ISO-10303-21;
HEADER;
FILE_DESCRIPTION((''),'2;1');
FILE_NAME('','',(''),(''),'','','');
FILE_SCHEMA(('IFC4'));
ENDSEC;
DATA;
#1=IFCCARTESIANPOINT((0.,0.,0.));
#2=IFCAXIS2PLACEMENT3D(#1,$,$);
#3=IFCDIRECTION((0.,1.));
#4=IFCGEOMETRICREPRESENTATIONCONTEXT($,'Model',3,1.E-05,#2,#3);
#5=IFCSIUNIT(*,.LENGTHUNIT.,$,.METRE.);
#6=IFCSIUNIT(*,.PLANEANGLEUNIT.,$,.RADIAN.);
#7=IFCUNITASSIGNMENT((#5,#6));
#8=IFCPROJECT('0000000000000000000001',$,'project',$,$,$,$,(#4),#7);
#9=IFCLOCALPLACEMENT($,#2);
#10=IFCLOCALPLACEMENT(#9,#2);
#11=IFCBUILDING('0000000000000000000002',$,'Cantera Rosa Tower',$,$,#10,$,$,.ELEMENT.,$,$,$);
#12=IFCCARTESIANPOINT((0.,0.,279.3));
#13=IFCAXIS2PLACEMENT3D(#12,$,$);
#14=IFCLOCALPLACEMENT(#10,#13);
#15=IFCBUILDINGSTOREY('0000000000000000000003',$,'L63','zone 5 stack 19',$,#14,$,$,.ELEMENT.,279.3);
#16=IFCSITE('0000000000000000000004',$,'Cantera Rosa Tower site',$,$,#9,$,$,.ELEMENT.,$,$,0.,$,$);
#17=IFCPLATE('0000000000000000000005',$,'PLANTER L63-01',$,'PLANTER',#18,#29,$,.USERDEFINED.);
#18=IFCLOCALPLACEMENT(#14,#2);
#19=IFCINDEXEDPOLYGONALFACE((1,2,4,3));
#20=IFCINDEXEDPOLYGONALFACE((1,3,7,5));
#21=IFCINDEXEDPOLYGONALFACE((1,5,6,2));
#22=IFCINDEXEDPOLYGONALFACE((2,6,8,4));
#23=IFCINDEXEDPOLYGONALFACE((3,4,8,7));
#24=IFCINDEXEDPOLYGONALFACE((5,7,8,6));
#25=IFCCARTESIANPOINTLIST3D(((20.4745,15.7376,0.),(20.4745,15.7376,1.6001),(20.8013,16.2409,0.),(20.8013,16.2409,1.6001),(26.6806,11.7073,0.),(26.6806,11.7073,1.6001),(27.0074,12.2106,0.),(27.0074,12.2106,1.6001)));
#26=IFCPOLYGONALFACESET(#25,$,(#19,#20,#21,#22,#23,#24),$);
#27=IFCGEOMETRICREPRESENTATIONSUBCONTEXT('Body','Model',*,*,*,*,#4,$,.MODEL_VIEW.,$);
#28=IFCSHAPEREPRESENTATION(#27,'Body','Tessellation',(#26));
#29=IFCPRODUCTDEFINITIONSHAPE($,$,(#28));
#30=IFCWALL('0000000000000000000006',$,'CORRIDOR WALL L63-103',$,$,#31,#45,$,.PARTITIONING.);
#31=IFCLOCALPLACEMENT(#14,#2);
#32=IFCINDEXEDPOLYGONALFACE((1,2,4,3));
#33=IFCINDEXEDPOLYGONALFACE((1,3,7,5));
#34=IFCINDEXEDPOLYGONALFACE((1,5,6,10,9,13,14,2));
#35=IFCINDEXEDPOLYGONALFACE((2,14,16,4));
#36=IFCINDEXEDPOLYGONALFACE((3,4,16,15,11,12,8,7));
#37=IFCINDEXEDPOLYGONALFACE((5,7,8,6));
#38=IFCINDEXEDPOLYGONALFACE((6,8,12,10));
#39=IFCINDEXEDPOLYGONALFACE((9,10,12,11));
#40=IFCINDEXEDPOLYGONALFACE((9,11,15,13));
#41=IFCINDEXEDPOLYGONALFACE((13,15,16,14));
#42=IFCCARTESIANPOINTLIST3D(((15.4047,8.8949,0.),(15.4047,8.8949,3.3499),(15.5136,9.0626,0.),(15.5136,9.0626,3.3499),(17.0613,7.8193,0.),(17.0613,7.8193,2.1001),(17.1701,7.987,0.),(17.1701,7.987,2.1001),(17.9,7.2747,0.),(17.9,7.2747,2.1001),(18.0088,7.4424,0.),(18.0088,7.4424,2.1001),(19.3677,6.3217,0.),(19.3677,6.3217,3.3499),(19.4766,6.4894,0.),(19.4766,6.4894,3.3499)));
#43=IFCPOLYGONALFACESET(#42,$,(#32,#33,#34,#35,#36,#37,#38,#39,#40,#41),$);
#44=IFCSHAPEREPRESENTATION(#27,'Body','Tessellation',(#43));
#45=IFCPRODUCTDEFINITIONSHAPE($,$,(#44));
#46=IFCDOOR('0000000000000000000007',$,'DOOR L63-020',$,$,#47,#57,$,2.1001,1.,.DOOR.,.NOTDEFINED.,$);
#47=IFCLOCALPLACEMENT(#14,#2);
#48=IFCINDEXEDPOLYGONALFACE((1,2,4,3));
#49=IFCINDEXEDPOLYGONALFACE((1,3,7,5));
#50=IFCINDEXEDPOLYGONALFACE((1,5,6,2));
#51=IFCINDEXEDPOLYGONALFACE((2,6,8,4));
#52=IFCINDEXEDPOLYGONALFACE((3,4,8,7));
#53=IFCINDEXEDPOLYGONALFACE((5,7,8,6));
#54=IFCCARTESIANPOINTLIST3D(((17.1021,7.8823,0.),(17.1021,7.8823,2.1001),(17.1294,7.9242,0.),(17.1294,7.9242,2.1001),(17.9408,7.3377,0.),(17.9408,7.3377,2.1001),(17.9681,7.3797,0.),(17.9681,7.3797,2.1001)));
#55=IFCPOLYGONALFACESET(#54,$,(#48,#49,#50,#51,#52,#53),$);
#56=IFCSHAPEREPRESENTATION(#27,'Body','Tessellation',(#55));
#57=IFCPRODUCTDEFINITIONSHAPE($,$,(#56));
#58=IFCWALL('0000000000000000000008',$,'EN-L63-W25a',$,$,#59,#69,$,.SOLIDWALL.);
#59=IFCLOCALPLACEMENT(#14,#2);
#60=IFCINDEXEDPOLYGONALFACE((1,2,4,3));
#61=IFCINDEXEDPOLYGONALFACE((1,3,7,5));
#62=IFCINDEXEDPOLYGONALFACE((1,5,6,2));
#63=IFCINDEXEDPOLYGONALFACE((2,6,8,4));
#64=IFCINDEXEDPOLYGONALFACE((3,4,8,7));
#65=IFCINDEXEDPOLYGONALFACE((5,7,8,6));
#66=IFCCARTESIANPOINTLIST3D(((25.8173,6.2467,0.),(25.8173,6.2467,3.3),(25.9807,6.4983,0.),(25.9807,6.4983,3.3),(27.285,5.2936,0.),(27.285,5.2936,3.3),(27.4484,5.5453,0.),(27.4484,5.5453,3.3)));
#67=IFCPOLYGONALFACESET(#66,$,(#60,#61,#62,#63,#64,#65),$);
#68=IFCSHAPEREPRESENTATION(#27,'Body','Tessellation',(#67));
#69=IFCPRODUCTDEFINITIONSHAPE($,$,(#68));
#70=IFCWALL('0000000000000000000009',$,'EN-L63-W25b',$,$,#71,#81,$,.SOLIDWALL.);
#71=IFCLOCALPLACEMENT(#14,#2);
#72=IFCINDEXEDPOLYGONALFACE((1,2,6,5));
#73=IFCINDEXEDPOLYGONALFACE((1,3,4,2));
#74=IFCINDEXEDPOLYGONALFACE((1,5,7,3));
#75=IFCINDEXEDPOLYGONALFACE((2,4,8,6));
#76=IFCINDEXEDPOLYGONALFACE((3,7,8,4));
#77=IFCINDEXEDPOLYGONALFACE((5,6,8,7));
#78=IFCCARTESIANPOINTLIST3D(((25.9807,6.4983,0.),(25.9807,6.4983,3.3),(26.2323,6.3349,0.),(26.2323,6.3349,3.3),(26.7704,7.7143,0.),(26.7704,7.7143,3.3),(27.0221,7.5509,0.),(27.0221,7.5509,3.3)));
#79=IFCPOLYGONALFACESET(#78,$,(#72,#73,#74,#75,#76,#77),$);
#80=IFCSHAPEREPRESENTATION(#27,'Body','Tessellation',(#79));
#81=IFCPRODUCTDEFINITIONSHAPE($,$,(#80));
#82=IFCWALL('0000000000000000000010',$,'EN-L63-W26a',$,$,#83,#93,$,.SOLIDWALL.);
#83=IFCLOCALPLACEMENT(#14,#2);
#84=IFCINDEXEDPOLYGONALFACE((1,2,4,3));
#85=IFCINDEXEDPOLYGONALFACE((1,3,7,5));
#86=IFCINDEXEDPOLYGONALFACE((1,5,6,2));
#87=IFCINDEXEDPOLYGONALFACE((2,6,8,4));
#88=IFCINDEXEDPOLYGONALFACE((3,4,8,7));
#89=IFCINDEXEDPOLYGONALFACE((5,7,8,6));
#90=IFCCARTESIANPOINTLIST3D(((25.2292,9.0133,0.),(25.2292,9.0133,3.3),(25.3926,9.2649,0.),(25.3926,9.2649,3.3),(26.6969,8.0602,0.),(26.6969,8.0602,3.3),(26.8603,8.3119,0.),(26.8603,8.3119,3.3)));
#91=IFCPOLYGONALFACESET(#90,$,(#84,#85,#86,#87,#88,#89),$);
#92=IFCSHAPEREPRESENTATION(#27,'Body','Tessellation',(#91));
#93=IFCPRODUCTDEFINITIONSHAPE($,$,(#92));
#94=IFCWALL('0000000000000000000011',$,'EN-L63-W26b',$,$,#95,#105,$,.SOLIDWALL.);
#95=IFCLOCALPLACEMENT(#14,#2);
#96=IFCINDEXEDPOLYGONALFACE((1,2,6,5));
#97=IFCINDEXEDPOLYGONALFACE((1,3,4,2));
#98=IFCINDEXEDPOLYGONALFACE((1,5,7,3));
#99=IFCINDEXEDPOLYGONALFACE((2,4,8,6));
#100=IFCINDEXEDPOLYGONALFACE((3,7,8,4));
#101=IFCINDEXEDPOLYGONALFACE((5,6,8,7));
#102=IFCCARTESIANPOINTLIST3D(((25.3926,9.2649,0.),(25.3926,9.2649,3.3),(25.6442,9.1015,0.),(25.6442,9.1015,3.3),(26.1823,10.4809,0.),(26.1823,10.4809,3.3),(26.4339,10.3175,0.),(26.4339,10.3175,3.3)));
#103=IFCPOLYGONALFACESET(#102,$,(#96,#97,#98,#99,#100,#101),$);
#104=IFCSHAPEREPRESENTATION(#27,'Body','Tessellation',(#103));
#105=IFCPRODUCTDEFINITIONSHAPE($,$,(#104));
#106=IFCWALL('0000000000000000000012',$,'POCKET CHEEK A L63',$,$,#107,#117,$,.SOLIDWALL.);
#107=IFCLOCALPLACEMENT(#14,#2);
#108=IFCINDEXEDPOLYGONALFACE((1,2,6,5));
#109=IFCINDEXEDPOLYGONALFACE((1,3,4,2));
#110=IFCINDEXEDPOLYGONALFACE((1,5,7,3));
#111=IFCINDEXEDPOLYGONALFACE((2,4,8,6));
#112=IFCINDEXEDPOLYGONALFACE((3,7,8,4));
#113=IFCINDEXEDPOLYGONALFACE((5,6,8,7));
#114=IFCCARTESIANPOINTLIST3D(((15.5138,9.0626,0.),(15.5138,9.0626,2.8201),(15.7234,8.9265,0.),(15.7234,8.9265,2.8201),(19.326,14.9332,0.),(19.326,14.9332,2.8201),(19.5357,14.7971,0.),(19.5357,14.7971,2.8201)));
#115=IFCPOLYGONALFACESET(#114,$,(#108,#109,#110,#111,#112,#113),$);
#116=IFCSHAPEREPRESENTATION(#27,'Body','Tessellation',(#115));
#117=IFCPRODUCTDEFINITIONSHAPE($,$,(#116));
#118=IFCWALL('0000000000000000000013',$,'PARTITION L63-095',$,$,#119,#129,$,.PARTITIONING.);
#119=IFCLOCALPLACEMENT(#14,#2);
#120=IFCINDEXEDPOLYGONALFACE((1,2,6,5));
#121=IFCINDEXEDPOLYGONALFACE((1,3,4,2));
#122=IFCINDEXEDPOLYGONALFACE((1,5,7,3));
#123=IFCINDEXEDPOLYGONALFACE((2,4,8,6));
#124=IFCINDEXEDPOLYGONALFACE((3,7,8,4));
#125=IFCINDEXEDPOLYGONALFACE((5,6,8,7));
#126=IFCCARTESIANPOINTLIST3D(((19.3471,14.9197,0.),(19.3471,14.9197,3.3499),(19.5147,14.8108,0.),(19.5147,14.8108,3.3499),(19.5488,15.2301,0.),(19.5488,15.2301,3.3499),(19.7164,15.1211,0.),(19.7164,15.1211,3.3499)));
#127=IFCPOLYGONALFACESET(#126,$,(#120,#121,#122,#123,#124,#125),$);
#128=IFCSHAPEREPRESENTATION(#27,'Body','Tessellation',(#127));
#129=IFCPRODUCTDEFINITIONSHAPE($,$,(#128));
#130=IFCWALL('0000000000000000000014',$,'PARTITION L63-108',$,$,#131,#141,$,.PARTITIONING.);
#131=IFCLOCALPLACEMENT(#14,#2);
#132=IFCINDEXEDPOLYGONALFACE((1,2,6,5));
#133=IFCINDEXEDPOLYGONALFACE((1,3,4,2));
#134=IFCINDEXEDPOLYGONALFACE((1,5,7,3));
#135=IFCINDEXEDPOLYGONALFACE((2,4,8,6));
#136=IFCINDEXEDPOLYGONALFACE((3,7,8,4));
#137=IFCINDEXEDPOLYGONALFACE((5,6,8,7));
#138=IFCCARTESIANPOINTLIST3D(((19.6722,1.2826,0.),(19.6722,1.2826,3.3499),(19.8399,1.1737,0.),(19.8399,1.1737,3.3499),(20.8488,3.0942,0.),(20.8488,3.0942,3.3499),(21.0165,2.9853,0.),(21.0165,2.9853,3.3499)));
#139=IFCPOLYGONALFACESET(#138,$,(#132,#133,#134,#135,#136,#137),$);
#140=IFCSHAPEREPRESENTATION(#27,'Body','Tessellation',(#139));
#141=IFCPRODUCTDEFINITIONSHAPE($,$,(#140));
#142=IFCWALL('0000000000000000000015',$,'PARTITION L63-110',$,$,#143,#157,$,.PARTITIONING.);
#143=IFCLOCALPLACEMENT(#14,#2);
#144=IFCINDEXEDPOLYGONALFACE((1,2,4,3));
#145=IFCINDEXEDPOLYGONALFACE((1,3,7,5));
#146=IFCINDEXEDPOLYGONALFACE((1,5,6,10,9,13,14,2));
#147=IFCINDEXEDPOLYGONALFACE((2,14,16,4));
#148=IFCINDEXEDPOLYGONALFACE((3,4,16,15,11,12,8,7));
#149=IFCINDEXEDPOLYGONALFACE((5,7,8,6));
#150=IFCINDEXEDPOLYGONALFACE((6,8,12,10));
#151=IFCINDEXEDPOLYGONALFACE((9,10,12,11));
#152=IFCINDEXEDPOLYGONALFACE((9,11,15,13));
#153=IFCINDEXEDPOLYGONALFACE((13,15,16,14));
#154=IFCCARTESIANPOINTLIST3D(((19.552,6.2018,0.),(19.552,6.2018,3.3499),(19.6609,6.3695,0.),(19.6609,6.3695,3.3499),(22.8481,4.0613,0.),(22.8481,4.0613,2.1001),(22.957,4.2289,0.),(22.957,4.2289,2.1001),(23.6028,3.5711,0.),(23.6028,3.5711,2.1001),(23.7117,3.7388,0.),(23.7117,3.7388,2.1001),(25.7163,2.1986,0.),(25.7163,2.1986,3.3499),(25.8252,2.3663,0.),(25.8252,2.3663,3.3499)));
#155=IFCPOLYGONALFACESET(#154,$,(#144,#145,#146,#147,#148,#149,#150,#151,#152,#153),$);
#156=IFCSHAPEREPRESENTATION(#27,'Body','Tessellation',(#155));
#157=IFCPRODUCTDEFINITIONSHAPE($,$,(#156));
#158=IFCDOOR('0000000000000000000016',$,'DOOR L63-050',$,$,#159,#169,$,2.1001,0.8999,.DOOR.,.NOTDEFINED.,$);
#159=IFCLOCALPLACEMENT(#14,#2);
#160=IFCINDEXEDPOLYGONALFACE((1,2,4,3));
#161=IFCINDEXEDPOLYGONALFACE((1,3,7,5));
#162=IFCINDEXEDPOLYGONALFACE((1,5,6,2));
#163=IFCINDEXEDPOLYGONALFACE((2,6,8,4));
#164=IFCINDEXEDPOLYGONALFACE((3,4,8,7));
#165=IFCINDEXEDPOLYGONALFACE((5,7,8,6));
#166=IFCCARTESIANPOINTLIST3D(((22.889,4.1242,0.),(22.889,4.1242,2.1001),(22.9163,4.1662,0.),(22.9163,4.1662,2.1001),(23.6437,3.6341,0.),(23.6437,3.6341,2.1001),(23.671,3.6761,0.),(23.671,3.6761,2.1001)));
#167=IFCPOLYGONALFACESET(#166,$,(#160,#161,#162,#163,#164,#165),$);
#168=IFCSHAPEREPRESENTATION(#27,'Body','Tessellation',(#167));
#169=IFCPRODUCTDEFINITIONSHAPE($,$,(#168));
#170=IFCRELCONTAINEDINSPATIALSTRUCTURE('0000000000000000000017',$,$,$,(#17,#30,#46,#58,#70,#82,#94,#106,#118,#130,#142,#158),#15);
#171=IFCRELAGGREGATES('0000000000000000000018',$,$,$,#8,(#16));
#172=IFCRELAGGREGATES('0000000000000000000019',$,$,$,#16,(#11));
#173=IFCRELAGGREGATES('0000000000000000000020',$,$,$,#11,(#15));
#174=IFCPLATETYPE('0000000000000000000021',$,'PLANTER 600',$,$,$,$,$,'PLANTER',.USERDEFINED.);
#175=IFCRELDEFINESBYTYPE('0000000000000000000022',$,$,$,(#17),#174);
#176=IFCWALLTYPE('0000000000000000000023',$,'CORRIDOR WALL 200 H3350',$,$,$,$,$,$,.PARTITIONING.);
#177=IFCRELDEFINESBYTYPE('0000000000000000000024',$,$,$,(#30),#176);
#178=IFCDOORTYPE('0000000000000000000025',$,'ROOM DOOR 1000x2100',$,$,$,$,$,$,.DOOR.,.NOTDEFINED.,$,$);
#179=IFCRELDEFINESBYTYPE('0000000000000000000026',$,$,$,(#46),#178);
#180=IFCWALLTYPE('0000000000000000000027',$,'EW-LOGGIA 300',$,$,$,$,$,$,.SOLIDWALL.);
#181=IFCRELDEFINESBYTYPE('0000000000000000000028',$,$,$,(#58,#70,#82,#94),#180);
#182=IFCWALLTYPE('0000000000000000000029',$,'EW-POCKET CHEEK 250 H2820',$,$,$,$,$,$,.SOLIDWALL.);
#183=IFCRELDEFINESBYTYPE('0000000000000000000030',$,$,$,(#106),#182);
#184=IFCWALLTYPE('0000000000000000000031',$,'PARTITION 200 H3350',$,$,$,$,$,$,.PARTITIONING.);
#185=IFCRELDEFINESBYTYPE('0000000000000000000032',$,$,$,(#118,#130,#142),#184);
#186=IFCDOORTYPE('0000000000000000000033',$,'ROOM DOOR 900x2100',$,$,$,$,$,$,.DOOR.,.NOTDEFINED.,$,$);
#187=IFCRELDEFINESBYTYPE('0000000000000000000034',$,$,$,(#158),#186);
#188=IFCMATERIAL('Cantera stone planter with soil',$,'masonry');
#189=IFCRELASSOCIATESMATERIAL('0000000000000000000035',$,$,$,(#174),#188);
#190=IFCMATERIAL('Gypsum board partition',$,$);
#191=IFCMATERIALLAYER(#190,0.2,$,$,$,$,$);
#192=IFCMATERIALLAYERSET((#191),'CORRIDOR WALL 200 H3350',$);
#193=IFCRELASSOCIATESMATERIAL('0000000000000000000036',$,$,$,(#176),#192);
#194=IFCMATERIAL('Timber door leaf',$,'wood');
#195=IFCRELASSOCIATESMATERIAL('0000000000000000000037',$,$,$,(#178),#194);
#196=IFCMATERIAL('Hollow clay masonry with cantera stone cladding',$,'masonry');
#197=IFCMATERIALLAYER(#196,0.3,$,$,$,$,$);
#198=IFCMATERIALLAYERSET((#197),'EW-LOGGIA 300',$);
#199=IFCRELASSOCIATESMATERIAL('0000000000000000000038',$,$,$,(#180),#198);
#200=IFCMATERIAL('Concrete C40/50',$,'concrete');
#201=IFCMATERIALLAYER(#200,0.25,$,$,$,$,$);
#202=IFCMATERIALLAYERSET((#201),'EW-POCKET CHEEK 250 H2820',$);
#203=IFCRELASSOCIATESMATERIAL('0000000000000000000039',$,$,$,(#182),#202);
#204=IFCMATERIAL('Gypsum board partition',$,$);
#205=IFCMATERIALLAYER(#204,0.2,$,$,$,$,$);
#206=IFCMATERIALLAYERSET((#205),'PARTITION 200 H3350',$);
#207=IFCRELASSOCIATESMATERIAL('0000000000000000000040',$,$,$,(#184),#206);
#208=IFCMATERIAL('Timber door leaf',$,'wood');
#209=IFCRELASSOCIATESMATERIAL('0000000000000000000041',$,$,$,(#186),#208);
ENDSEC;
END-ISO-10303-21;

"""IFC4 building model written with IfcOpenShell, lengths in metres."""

from ifc_helpers import new_model, si_unit, direction, frame, frame_2d, origin, origin_2d, place, context, subcontext, project, spatial, rectangle, extrude, material, layer, layer_set, type_object, element, fill, save


model = new_model("IFC4")

# Units and contexts
model_context = context("Model", 3, precision=1e-05, world=origin(), true_north=direction((0.0, 1.0)))
body_context = subcontext(model_context, "Body", "Model", "MODEL_VIEW")
ifc_project = project(units=[si_unit("LENGTHUNIT", "METRE"), si_unit("PLANEANGLEUNIT", "RADIAN")], contexts=[model_context])

# Site, building, storey
site_placement = place(None, origin())
site = spatial("IfcSite", under=ifc_project, at=site_placement, Name="Cantera Rosa Tower site", CompositionType="ELEMENT", RefElevation=0.0)
building_placement = place(site_placement, origin())
building = spatial("IfcBuilding", under=site, at=building_placement, Name="Cantera Rosa Tower", CompositionType="ELEMENT")
storey_placement = place(building_placement, frame((0.0, 0.0, 279.3)))
storey = spatial("IfcBuildingStorey", under=building, at=storey_placement, Name="L63", Description="zone 5 stack 19", CompositionType="ELEMENT", Elevation=279.3)

# Plate
ifc_material_1 = material(Name="Cantera stone planter with soil", Category="masonry")
plate_type = type_object("IfcPlateType", Name="PLANTER 600", ElementType="PLANTER", PredefinedType="USERDEFINED", material=ifc_material_1)
plate_placement = place(storey_placement, frame((23.741, 13.9741, 0.0), z_axis=(0.0, 0.0, 1.0), x_axis=(-0.838671, 0.544639, 0.0)))
element("IfcPlate", 1, at=plate_placement, inside=storey, type_object=plate_type, Name="PLANTER L63-01", ObjectType="PLANTER", PredefinedType="USERDEFINED", context=body_context, shape_type="SweptSolid", body=[
    extrude(rectangle(XDim=7.3999, YDim=0.6001, at=origin_2d()), origin(), (0.0, 0.0, 1.0), 1.6001),
])

# Wall, opening, door
ifc_material_2 = material(Name="Gypsum board partition")
ifc_layer_1 = layer(ifc_material_2, 0.2)
ifc_layer_set_1 = layer_set([ifc_layer_1], Name="CORRIDOR WALL 200 H3350")
wall_type_1 = type_object("IfcWallType", Name="CORRIDOR WALL 200 H3350", PredefinedType="PARTITIONING", material=ifc_layer_set_1)
wall_1_placement = place(storey_placement, frame((19.4221, 6.4055, 0.0), z_axis=(0.0, 0.0, 1.0), x_axis=(-0.838699, 0.544596, 0.0)))
wall_1 = element("IfcWall", 2, at=wall_1_placement, inside=storey, type_object=wall_type_1, Name="CORRIDOR WALL L63-103", PredefinedType="PARTITIONING", context=body_context, shape_type="SweptSolid", body=[
    extrude(rectangle(XDim=4.7251, YDim=0.2, at=frame_2d((2.3625, 0.0))), origin(), (0.0, 0.0, 1.0), 3.3499),
])
opening_1_placement = place(wall_1_placement, frame((1.75, 0.0, 0.0)))
opening_1 = element("IfcOpeningElement", 3, at=opening_1_placement, cuts=wall_1, PredefinedType="OPENING", context=body_context, shape_type="SweptSolid", body=[
    extrude(rectangle(XDim=1.0, YDim=2.1001, at=frame_2d((0.5, 1.05))), frame((0.0, 0.1099, 0.0), z_axis=(0.0, -1.0, 0.0), x_axis=(1.0, 0.0, 0.0)), (0.0, 0.0, 1.0), 0.22),
])
ifc_material_3 = material(Name="Timber door leaf", Category="wood")
door_type_1 = type_object("IfcDoorType", Name="ROOM DOOR 1000x2100", OperationType="NOTDEFINED", PredefinedType="DOOR", material=ifc_material_3)
door_1_placement = place(opening_1_placement, origin())
door_1 = element("IfcDoor", 4, at=door_1_placement, inside=storey, type_object=door_type_1, Name="DOOR L63-020", OperationType="NOTDEFINED", OverallHeight=2.1001, OverallWidth=1.0, PredefinedType="DOOR", context=body_context, shape_type="SweptSolid", body=[
    extrude(rectangle(XDim=1.0, YDim=2.1001, at=frame_2d((0.5, 1.05))), frame((0.0, 0.0249, 0.0), z_axis=(0.0, -1.0, 0.0), x_axis=(1.0, 0.0, 0.0)), (0.0, 0.0, 1.0), 0.05),
])
fill(opening_1, door_1)

# Walls
ifc_material_4 = material(Name="Hollow clay masonry with cantera stone cladding", Category="masonry")
ifc_layer_2 = layer(ifc_material_4, 0.3)
ifc_layer_set_2 = layer_set([ifc_layer_2], Name="EW-LOGGIA 300")
wall_type_2 = type_object("IfcWallType", Name="EW-LOGGIA 300", PredefinedType="SOLIDWALL", material=ifc_layer_set_2)
wall_2_placement = place(storey_placement, frame((27.3667, 5.4194, 0.0), z_axis=(0.0, 0.0, 1.0), x_axis=(-0.838686, 0.544616, 0.0)))
element("IfcWall", 5, at=wall_2_placement, inside=storey, type_object=wall_type_2, Name="EN-L63-W25a", PredefinedType="SOLIDWALL", context=body_context, shape_type="SweptSolid", body=[
    extrude(rectangle(XDim=1.75, YDim=0.3, at=frame_2d((0.875, 0.0))), origin(), (0.0, 0.0, 1.0), 3.3),
])
wall_3_placement = place(storey_placement, frame((26.1064, 6.4165, 0.0), z_axis=(0.0, 0.0, 1.0), x_axis=(0.544675, 0.838647, 0.0)))
element("IfcWall", 6, at=wall_3_placement, inside=storey, type_object=wall_type_2, Name="EN-L63-W25b", PredefinedType="SOLIDWALL", context=body_context, shape_type="SweptSolid", body=[
    extrude(rectangle(XDim=1.45, YDim=0.3, at=frame_2d((0.7251, 0.0))), origin(), (0.0, 0.0, 1.0), 3.3),
])
wall_4_placement = place(storey_placement, frame((26.7786, 8.186, 0.0), z_axis=(0.0, 0.0, 1.0), x_axis=(-0.838686, 0.544616, 0.0)))
element("IfcWall", 7, at=wall_4_placement, inside=storey, type_object=wall_type_2, Name="EN-L63-W26a", PredefinedType="SOLIDWALL", context=body_context, shape_type="SweptSolid", body=[
    extrude(rectangle(XDim=1.75, YDim=0.3, at=frame_2d((0.875, 0.0))), origin(), (0.0, 0.0, 1.0), 3.3),
])
wall_5_placement = place(storey_placement, frame((25.5183, 9.1831, 0.0), z_axis=(0.0, 0.0, 1.0), x_axis=(0.544675, 0.838647, 0.0)))
element("IfcWall", 8, at=wall_5_placement, inside=storey, type_object=wall_type_2, Name="EN-L63-W26b", PredefinedType="SOLIDWALL", context=body_context, shape_type="SweptSolid", body=[
    extrude(rectangle(XDim=1.45, YDim=0.3, at=frame_2d((0.7251, 0.0))), origin(), (0.0, 0.0, 1.0), 3.3),
])

# Walls
ifc_material_5 = material(Name="Concrete C40/50", Category="concrete")
ifc_layer_3 = layer(ifc_material_5, 0.25)
ifc_layer_set_3 = layer_set([ifc_layer_3], Name="EW-POCKET CHEEK 250 H2820")
wall_type_3 = type_object("IfcWallType", Name="EW-POCKET CHEEK 250 H2820", PredefinedType="SOLIDWALL", material=ifc_layer_set_3)
wall_6_placement = place(storey_placement, frame((19.4309, 14.8652, 0.0), z_axis=(0.0, 0.0, 1.0), x_axis=(-0.544623, -0.838681, 0.0)))
element("IfcWall", 9, at=wall_6_placement, inside=storey, type_object=wall_type_3, Name="POCKET CHEEK A L63", PredefinedType="SOLIDWALL", context=body_context, shape_type="SweptSolid", body=[
    extrude(rectangle(XDim=6.9998, YDim=0.25, at=frame_2d((3.5, 0.0))), origin(), (0.0, 0.0, 1.0), 2.8201),
])
ifc_material_6 = material(Name="Gypsum board partition")
ifc_layer_4 = layer(ifc_material_6, 0.2)
ifc_layer_set_4 = layer_set([ifc_layer_4], Name="PARTITION 200 H3350")
wall_type_4 = type_object("IfcWallType", Name="PARTITION 200 H3350", PredefinedType="PARTITIONING", material=ifc_layer_set_4)
wall_7_placement = place(storey_placement, frame((19.4309, 14.8652, 0.0), z_axis=(0.0, 0.0, 1.0), x_axis=(0.544919, 0.838489, 0.0)))
element("IfcWall", 10, at=wall_7_placement, inside=storey, type_object=wall_type_4, Name="PARTITION L63-095", PredefinedType="PARTITIONING", context=body_context, shape_type="SweptSolid", body=[
    extrude(rectangle(XDim=0.3701, YDim=0.2, at=frame_2d((0.1851, 0.0))), origin(), (0.0, 0.0, 1.0), 3.3499),
])
wall_8_placement = place(storey_placement, frame((20.9326, 3.0398, 0.0), z_axis=(0.0, 0.0, 1.0), x_axis=(-0.54467, -0.83865, 0.0)))
element("IfcWall", 11, at=wall_8_placement, inside=storey, type_object=wall_type_4, Name="PARTITION L63-108", PredefinedType="PARTITIONING", context=body_context, shape_type="SweptSolid", body=[
    extrude(rectangle(XDim=2.1602, YDim=0.2, at=frame_2d((1.0801, 0.0))), origin(), (0.0, 0.0, 1.0), 3.3499),
])

# Wall, opening, door
wall_9_placement = place(storey_placement, frame((25.7708, 2.2825, 0.0), z_axis=(0.0, 0.0, 1.0), x_axis=(-0.838669, 0.544642, 0.0)))
wall_9 = element("IfcWall", 12, at=wall_9_placement, inside=storey, type_object=wall_type_4, Name="PARTITION L63-110", PredefinedType="PARTITIONING", context=body_context, shape_type="SweptSolid", body=[
    extrude(rectangle(XDim=7.3501, YDim=0.2, at=frame_2d((3.675, 0.0))), origin(), (0.0, 0.0, 1.0), 3.3499),
])
opening_2_placement = place(wall_9_placement, frame((2.52, 0.0, 0.0)))
opening_2 = element("IfcOpeningElement", 13, at=opening_2_placement, cuts=wall_9, PredefinedType="OPENING", context=body_context, shape_type="SweptSolid", body=[
    extrude(rectangle(XDim=0.8999, YDim=2.1001, at=frame_2d((0.45, 1.05))), frame((0.0, 0.1099, 0.0), z_axis=(0.0, -1.0, 0.0), x_axis=(1.0, 0.0, 0.0)), (0.0, 0.0, 1.0), 0.22),
])
ifc_material_7 = material(Name="Timber door leaf", Category="wood")
door_type_2 = type_object("IfcDoorType", Name="ROOM DOOR 900x2100", OperationType="NOTDEFINED", PredefinedType="DOOR", material=ifc_material_7)
door_2_placement = place(opening_2_placement, origin())
door_2 = element("IfcDoor", 14, at=door_2_placement, inside=storey, type_object=door_type_2, Name="DOOR L63-050", OperationType="NOTDEFINED", OverallHeight=2.1001, OverallWidth=0.8999, PredefinedType="DOOR", context=body_context, shape_type="SweptSolid", body=[
    extrude(rectangle(XDim=0.8999, YDim=2.1001, at=frame_2d((0.45, 1.05))), frame((0.0, 0.0249, 0.0), z_axis=(0.0, -1.0, 0.0), x_axis=(1.0, 0.0, 0.0)), (0.0, 0.0, 1.0), 0.05),
])
fill(opening_2, door_2)

save(model, "model.ifc")
